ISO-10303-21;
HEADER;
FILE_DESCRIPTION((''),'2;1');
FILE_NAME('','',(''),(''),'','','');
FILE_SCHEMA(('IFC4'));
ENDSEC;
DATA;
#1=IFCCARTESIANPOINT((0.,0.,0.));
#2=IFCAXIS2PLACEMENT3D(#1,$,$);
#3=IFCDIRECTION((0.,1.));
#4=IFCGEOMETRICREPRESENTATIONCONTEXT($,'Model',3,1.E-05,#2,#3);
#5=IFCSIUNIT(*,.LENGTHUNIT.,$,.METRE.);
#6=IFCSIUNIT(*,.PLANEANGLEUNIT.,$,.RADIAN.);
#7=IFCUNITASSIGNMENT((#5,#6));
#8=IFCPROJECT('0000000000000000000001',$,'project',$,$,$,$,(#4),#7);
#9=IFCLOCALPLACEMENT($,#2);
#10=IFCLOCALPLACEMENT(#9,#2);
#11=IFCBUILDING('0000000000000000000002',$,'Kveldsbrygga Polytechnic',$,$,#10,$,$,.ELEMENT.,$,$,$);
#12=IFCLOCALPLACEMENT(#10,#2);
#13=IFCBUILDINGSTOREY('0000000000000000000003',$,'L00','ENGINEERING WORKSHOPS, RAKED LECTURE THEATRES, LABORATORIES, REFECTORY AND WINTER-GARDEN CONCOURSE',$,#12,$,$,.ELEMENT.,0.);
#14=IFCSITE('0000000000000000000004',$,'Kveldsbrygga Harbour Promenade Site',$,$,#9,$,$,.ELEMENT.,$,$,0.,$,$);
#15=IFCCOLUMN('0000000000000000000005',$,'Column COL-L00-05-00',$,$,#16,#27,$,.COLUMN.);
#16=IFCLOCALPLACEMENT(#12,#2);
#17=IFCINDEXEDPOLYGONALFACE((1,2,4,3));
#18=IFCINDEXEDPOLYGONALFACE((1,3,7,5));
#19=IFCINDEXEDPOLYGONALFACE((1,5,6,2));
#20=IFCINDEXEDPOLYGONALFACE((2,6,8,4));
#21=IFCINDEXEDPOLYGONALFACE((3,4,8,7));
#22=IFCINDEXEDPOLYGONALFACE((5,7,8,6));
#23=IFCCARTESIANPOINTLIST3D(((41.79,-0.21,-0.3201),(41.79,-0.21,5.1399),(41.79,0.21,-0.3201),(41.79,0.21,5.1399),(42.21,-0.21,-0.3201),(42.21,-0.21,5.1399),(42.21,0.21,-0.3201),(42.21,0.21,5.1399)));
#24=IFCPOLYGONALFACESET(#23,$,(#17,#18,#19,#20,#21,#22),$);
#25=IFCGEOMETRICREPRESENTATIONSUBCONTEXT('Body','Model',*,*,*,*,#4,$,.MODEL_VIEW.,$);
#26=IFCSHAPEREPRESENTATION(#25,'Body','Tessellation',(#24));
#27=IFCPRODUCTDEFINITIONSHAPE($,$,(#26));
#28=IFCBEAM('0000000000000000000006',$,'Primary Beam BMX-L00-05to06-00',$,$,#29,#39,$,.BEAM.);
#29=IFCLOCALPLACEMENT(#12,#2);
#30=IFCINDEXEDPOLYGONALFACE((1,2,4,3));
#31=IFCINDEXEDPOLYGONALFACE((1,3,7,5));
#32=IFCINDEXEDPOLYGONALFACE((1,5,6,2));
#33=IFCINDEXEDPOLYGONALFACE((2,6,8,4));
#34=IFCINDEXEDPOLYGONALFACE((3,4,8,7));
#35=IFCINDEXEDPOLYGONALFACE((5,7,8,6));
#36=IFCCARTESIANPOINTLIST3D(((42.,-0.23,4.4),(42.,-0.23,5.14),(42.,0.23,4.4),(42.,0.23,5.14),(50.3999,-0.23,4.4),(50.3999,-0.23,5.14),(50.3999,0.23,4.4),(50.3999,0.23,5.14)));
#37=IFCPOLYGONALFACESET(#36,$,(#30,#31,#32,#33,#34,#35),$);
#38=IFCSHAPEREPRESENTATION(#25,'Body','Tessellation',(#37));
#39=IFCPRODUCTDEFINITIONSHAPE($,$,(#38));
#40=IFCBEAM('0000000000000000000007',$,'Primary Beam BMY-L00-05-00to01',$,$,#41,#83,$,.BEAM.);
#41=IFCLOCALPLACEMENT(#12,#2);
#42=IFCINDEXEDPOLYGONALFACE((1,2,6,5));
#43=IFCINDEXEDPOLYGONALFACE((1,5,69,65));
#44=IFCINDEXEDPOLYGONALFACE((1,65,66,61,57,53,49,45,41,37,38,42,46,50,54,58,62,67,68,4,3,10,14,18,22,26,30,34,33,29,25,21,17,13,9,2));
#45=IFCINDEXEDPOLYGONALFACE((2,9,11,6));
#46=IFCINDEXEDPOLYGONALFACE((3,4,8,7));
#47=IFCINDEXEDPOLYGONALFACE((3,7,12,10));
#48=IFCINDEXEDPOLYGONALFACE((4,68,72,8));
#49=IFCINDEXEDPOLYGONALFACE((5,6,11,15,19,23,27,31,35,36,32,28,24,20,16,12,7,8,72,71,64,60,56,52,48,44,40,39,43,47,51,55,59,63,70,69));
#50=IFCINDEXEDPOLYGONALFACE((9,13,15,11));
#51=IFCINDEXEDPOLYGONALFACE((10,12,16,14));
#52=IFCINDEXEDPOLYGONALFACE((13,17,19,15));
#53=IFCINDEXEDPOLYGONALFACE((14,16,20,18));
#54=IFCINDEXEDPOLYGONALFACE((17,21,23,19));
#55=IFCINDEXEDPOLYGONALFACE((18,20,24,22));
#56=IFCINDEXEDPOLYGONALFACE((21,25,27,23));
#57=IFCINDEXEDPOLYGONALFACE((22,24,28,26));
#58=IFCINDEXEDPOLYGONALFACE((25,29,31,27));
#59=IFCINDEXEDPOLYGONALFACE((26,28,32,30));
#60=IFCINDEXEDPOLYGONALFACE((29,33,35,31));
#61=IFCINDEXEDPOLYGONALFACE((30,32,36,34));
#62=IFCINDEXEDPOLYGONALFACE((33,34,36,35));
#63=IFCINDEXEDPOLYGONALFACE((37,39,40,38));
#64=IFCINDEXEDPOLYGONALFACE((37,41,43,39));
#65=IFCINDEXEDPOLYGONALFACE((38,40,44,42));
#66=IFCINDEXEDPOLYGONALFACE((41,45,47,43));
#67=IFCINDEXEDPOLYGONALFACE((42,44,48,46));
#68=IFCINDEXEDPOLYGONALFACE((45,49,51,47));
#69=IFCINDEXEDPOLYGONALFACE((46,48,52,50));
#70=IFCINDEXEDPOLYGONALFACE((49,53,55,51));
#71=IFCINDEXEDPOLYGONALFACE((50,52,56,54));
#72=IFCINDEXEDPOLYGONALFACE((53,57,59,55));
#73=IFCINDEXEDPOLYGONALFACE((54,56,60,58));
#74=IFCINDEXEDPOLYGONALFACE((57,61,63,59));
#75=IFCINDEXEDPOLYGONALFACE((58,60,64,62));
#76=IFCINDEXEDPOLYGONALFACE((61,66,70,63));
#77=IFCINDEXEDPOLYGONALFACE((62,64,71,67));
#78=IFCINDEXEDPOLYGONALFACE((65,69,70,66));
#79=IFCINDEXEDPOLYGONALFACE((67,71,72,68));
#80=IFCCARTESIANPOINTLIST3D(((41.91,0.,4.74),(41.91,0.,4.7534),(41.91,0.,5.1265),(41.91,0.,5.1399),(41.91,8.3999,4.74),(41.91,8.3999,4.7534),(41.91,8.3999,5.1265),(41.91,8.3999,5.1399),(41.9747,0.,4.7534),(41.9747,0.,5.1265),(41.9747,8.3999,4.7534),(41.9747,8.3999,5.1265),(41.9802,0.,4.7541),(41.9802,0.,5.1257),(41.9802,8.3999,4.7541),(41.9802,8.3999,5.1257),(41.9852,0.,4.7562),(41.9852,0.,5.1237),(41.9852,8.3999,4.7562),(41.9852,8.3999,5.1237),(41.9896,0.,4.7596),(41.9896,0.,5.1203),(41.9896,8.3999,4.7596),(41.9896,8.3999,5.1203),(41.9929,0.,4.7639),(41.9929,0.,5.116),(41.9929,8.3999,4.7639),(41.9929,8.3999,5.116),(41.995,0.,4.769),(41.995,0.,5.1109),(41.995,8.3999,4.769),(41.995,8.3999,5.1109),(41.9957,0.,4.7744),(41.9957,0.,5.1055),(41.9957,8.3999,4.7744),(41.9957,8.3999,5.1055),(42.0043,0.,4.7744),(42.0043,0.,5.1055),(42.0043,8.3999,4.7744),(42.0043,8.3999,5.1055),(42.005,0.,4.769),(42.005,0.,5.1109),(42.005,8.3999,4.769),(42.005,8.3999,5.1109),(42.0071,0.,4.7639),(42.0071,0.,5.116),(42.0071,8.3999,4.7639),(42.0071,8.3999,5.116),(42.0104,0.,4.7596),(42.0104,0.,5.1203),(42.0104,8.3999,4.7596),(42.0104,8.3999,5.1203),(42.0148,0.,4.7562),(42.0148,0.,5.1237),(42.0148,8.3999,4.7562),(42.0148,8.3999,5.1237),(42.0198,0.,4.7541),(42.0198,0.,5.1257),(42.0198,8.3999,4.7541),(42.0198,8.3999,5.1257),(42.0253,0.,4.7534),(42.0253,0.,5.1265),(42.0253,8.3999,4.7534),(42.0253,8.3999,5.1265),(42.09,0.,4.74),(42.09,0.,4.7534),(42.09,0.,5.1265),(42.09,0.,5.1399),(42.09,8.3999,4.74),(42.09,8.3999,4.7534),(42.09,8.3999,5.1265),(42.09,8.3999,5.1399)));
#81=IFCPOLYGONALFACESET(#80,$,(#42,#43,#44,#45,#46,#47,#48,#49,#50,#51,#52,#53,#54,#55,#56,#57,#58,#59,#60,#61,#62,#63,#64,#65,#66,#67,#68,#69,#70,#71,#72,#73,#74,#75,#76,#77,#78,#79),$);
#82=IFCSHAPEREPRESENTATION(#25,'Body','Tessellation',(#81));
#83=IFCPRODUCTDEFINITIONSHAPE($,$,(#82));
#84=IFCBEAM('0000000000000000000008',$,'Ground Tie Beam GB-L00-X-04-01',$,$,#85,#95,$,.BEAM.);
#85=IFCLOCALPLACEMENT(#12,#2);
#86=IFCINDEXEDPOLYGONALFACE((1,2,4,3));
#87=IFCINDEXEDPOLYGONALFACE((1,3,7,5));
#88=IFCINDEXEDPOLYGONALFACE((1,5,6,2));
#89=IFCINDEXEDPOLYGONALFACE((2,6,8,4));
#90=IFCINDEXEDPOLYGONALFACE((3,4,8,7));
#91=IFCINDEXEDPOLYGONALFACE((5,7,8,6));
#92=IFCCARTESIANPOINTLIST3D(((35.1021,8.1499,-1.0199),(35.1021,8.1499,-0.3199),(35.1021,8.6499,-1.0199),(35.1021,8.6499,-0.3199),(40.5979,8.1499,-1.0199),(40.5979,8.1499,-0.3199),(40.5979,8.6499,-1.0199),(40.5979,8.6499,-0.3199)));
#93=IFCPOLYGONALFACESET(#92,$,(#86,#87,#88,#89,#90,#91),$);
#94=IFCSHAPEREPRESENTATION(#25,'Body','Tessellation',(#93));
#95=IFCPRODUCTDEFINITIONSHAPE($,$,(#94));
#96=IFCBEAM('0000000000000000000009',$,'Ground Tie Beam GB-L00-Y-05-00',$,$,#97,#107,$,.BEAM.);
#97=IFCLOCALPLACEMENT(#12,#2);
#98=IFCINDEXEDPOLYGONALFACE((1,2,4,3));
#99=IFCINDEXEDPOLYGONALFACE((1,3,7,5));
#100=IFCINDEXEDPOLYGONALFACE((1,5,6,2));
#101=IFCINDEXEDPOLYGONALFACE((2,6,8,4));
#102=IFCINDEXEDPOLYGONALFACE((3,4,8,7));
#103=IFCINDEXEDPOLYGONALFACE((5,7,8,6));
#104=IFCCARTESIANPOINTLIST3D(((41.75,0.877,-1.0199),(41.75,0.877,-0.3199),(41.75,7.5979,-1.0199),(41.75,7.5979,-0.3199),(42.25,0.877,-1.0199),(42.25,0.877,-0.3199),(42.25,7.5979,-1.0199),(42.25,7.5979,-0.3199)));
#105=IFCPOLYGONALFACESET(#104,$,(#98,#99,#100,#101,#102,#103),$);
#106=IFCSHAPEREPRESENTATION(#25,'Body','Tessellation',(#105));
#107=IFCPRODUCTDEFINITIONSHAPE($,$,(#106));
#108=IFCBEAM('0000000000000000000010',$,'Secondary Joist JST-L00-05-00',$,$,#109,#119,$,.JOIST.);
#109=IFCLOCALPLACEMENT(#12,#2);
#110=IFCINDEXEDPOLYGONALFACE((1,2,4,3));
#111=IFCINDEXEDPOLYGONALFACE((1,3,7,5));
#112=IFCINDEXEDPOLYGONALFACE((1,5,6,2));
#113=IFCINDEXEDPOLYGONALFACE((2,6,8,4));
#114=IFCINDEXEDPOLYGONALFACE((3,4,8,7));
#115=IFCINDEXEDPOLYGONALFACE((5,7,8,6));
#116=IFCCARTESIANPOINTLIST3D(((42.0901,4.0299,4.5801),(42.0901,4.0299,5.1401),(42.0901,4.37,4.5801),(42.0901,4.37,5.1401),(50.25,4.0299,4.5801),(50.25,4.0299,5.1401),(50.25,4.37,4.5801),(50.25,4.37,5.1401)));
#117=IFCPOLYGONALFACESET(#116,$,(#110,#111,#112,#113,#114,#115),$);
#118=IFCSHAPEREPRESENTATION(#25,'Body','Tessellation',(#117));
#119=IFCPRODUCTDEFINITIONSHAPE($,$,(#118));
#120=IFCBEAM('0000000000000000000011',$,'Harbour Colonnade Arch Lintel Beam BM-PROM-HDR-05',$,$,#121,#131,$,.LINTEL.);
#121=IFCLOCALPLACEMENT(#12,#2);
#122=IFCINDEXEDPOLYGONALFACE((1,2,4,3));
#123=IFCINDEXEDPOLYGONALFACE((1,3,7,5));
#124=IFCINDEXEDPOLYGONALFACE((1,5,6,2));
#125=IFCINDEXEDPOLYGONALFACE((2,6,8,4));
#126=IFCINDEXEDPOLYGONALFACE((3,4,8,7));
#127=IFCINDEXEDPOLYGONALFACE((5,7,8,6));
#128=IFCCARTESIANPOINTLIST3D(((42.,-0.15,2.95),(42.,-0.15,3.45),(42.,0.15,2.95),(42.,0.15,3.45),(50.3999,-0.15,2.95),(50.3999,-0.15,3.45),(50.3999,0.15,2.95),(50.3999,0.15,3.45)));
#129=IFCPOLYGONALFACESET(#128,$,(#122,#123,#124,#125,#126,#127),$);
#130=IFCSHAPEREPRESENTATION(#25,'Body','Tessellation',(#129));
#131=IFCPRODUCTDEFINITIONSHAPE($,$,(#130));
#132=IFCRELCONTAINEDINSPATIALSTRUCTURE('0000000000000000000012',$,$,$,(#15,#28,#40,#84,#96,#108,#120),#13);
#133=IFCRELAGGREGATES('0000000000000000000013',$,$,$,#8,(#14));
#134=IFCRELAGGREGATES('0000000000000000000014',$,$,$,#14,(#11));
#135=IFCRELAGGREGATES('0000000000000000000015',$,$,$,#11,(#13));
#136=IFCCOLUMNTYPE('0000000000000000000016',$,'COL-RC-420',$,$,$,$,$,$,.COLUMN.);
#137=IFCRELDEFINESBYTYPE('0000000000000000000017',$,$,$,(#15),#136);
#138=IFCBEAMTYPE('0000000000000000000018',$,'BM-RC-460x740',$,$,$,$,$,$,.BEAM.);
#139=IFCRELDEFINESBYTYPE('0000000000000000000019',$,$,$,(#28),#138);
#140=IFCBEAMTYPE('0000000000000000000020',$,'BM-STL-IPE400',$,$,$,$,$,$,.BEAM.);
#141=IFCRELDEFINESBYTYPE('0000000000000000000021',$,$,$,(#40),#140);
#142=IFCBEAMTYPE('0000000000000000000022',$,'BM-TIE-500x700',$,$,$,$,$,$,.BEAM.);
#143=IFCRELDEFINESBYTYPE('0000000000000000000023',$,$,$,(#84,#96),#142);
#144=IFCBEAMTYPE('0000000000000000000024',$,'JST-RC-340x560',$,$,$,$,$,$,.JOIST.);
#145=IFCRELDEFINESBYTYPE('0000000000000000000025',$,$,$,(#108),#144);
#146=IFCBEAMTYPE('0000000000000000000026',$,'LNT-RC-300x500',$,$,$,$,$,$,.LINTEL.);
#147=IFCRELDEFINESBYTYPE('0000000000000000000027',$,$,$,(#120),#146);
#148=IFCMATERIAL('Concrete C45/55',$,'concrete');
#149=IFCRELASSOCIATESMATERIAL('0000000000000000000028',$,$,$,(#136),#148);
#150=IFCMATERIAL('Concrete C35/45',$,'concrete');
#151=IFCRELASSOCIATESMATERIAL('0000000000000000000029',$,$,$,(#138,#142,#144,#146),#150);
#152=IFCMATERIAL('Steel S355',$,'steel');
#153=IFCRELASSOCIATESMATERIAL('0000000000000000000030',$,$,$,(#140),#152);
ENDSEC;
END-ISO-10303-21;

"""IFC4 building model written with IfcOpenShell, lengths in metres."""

from ifc_helpers import new_model, si_unit, direction, frame, origin, origin_2d, place, context, subcontext, project, spatial, rectangle, i_section, extrude, material, material_profile, profile_set, type_object, element, save


model = new_model("IFC4")

# Units and contexts
model_context = context("Model", 3, precision=1e-05, world=origin(), true_north=direction((0.0, 1.0)))
body_context = subcontext(model_context, "Body", "Model", "MODEL_VIEW")
ifc_project = project(units=[si_unit("LENGTHUNIT", "METRE"), si_unit("PLANEANGLEUNIT", "RADIAN")], contexts=[model_context])

# Site, building, storey
site_placement = place(None, origin())
site = spatial("IfcSite", under=ifc_project, at=site_placement, Name="Kveldsbrygga Harbour Promenade Site", CompositionType="ELEMENT", RefElevation=0.0)
building_placement = place(site_placement, origin())
building = spatial("IfcBuilding", under=site, at=building_placement, Name="Kveldsbrygga Polytechnic", CompositionType="ELEMENT")
storey_placement = place(building_placement, origin())
storey = spatial("IfcBuildingStorey", under=building, at=storey_placement, Name="L00", Description="ENGINEERING WORKSHOPS, RAKED LECTURE THEATRES, LABORATORIES, REFECTORY AND WINTER-GARDEN CONCOURSE", CompositionType="ELEMENT", Elevation=0.0)

# Shared definitions
ifc_material_1 = material(Name="Concrete C45/55", Category="concrete")

# Column
ifc_material_profile_1 = material_profile(ifc_material_1, rectangle(XDim=0.4199, YDim=0.4199, at=origin_2d()), Name="RC 420x420")
ifc_profile_set_1 = profile_set([ifc_material_profile_1], Name="Concrete C45/55")
column_type_1 = type_object("IfcColumnType", Name="COL-RC-420", PredefinedType="COLUMN", material=ifc_profile_set_1)
column_placement = place(storey_placement, frame((42.0, 0.0, -0.3201), z_axis=(0.0, 0.0, 1.0), x_axis=(1.0, 0.0, 0.0)))
element("IfcColumn", 1, at=column_placement, inside=storey, type_object=column_type_1, Name="Column COL-L00-05-00", PredefinedType="COLUMN", context=body_context, shape_type="SweptSolid", body=[
    extrude(rectangle(XDim=0.4199, YDim=0.4199, at=origin_2d()), origin(), (0.0, 0.0, 1.0), 5.46),
])

# Beams
ifc_material_2 = material(Name="Concrete C35/45", Category="concrete")
ifc_material_profile_2 = material_profile(ifc_material_2, rectangle(XDim=0.46, YDim=0.74, at=origin_2d()), Name="RC 460x740")
ifc_profile_set_2 = profile_set([ifc_material_profile_2], Name="Concrete C35/45")
beam_type_1 = type_object("IfcBeamType", Name="BM-RC-460x740", PredefinedType="BEAM", material=ifc_profile_set_2)
beam_1_placement = place(storey_placement, frame((42.0, 0.0, 4.77), z_axis=(1.0, 0.0, 0.0), x_axis=(0.0, 1.0, 0.0)))
element("IfcBeam", 2, at=beam_1_placement, inside=storey, type_object=beam_type_1, Name="Primary Beam BMX-L00-05to06-00", PredefinedType="BEAM", context=body_context, shape_type="SweptSolid", body=[
    extrude(rectangle(XDim=0.46, YDim=0.74, at=origin_2d()), origin(), (0.0, 0.0, 1.0), 8.3999),
])
ifc_material_3 = material(Name="Steel S355", Category="steel")
ifc_material_profile_3 = material_profile(ifc_material_3, i_section(OverallWidth=0.1799, OverallDepth=0.3999, WebThickness=0.0085, FlangeThickness=0.0134, FilletRadius=0.021, at=origin_2d()), Name="IPE 400")
ifc_profile_set_3 = profile_set([ifc_material_profile_3], Name="Steel S355")
beam_type_2 = type_object("IfcBeamType", Name="BM-STL-IPE400", PredefinedType="BEAM", material=ifc_profile_set_3)
beam_2_placement = place(storey_placement, frame((42.0, 0.0, 4.9399), z_axis=(0.0, 1.0, 0.0), x_axis=(-1.0, 0.0, 0.0)))
element("IfcBeam", 3, at=beam_2_placement, inside=storey, type_object=beam_type_2, Name="Primary Beam BMY-L00-05-00to01", PredefinedType="BEAM", context=body_context, shape_type="SweptSolid", body=[
    extrude(i_section(OverallWidth=0.1799, OverallDepth=0.3999, WebThickness=0.0085, FlangeThickness=0.0134, FilletRadius=0.021, at=origin_2d()), origin(), (0.0, 0.0, 1.0), 8.3999),
])
ifc_material_profile_4 = material_profile(ifc_material_2, rectangle(XDim=0.5, YDim=0.7, at=origin_2d()), Name="RC 500x700")
ifc_profile_set_4 = profile_set([ifc_material_profile_4], Name="Concrete C35/45")
beam_type_3 = type_object("IfcBeamType", Name="BM-TIE-500x700", PredefinedType="BEAM", material=ifc_profile_set_4)
beam_3_placement = place(storey_placement, frame((35.1021, 8.3999, -0.6699), z_axis=(1.0, 0.0, 0.0), x_axis=(0.0, 1.0, 0.0)))
element("IfcBeam", 4, at=beam_3_placement, inside=storey, type_object=beam_type_3, Name="Ground Tie Beam GB-L00-X-04-01", PredefinedType="BEAM", context=body_context, shape_type="SweptSolid", body=[
    extrude(rectangle(XDim=0.5, YDim=0.7, at=origin_2d()), origin(), (0.0, 0.0, 1.0), 5.4958),
])
beam_4_placement = place(storey_placement, frame((42.0, 0.877, -0.6699), z_axis=(0.0, 1.0, 0.0), x_axis=(-1.0, 0.0, 0.0)))
element("IfcBeam", 5, at=beam_4_placement, inside=storey, type_object=beam_type_3, Name="Ground Tie Beam GB-L00-Y-05-00", PredefinedType="BEAM", context=body_context, shape_type="SweptSolid", body=[
    extrude(rectangle(XDim=0.5, YDim=0.7, at=origin_2d()), origin(), (0.0, 0.0, 1.0), 6.7209),
])
ifc_material_profile_5 = material_profile(ifc_material_2, rectangle(XDim=0.3401, YDim=0.5601, at=origin_2d()), Name="RC 340x560")
ifc_profile_set_5 = profile_set([ifc_material_profile_5], Name="Concrete C35/45")
beam_type_4 = type_object("IfcBeamType", Name="JST-RC-340x560", PredefinedType="JOIST", material=ifc_profile_set_5)
beam_5_placement = place(storey_placement, frame((42.0901, 4.2, 4.8601), z_axis=(1.0, 0.0, 0.0), x_axis=(0.0, 1.0, 0.0)))
element("IfcBeam", 6, at=beam_5_placement, inside=storey, type_object=beam_type_4, Name="Secondary Joist JST-L00-05-00", PredefinedType="JOIST", context=body_context, shape_type="SweptSolid", body=[
    extrude(rectangle(XDim=0.3401, YDim=0.5601, at=origin_2d()), origin(), (0.0, 0.0, 1.0), 8.1599),
])
ifc_material_profile_6 = material_profile(ifc_material_2, rectangle(XDim=0.3, YDim=0.5, at=origin_2d()), Name="RC 300x500")
ifc_profile_set_6 = profile_set([ifc_material_profile_6], Name="Concrete C35/45")
beam_type_5 = type_object("IfcBeamType", Name="LNT-RC-300x500", PredefinedType="LINTEL", material=ifc_profile_set_6)
beam_6_placement = place(storey_placement, frame((42.0, 0.0, 3.2), z_axis=(1.0, 0.0, 0.0), x_axis=(0.0, 1.0, 0.0)))
element("IfcBeam", 7, at=beam_6_placement, inside=storey, type_object=beam_type_5, Name="Harbour Colonnade Arch Lintel Beam BM-PROM-HDR-05", PredefinedType="LINTEL", context=body_context, shape_type="SweptSolid", body=[
    extrude(rectangle(XDim=0.3, YDim=0.5, at=origin_2d()), origin(), (0.0, 0.0, 1.0), 8.3999),
])

save(model, "model.ifc")
